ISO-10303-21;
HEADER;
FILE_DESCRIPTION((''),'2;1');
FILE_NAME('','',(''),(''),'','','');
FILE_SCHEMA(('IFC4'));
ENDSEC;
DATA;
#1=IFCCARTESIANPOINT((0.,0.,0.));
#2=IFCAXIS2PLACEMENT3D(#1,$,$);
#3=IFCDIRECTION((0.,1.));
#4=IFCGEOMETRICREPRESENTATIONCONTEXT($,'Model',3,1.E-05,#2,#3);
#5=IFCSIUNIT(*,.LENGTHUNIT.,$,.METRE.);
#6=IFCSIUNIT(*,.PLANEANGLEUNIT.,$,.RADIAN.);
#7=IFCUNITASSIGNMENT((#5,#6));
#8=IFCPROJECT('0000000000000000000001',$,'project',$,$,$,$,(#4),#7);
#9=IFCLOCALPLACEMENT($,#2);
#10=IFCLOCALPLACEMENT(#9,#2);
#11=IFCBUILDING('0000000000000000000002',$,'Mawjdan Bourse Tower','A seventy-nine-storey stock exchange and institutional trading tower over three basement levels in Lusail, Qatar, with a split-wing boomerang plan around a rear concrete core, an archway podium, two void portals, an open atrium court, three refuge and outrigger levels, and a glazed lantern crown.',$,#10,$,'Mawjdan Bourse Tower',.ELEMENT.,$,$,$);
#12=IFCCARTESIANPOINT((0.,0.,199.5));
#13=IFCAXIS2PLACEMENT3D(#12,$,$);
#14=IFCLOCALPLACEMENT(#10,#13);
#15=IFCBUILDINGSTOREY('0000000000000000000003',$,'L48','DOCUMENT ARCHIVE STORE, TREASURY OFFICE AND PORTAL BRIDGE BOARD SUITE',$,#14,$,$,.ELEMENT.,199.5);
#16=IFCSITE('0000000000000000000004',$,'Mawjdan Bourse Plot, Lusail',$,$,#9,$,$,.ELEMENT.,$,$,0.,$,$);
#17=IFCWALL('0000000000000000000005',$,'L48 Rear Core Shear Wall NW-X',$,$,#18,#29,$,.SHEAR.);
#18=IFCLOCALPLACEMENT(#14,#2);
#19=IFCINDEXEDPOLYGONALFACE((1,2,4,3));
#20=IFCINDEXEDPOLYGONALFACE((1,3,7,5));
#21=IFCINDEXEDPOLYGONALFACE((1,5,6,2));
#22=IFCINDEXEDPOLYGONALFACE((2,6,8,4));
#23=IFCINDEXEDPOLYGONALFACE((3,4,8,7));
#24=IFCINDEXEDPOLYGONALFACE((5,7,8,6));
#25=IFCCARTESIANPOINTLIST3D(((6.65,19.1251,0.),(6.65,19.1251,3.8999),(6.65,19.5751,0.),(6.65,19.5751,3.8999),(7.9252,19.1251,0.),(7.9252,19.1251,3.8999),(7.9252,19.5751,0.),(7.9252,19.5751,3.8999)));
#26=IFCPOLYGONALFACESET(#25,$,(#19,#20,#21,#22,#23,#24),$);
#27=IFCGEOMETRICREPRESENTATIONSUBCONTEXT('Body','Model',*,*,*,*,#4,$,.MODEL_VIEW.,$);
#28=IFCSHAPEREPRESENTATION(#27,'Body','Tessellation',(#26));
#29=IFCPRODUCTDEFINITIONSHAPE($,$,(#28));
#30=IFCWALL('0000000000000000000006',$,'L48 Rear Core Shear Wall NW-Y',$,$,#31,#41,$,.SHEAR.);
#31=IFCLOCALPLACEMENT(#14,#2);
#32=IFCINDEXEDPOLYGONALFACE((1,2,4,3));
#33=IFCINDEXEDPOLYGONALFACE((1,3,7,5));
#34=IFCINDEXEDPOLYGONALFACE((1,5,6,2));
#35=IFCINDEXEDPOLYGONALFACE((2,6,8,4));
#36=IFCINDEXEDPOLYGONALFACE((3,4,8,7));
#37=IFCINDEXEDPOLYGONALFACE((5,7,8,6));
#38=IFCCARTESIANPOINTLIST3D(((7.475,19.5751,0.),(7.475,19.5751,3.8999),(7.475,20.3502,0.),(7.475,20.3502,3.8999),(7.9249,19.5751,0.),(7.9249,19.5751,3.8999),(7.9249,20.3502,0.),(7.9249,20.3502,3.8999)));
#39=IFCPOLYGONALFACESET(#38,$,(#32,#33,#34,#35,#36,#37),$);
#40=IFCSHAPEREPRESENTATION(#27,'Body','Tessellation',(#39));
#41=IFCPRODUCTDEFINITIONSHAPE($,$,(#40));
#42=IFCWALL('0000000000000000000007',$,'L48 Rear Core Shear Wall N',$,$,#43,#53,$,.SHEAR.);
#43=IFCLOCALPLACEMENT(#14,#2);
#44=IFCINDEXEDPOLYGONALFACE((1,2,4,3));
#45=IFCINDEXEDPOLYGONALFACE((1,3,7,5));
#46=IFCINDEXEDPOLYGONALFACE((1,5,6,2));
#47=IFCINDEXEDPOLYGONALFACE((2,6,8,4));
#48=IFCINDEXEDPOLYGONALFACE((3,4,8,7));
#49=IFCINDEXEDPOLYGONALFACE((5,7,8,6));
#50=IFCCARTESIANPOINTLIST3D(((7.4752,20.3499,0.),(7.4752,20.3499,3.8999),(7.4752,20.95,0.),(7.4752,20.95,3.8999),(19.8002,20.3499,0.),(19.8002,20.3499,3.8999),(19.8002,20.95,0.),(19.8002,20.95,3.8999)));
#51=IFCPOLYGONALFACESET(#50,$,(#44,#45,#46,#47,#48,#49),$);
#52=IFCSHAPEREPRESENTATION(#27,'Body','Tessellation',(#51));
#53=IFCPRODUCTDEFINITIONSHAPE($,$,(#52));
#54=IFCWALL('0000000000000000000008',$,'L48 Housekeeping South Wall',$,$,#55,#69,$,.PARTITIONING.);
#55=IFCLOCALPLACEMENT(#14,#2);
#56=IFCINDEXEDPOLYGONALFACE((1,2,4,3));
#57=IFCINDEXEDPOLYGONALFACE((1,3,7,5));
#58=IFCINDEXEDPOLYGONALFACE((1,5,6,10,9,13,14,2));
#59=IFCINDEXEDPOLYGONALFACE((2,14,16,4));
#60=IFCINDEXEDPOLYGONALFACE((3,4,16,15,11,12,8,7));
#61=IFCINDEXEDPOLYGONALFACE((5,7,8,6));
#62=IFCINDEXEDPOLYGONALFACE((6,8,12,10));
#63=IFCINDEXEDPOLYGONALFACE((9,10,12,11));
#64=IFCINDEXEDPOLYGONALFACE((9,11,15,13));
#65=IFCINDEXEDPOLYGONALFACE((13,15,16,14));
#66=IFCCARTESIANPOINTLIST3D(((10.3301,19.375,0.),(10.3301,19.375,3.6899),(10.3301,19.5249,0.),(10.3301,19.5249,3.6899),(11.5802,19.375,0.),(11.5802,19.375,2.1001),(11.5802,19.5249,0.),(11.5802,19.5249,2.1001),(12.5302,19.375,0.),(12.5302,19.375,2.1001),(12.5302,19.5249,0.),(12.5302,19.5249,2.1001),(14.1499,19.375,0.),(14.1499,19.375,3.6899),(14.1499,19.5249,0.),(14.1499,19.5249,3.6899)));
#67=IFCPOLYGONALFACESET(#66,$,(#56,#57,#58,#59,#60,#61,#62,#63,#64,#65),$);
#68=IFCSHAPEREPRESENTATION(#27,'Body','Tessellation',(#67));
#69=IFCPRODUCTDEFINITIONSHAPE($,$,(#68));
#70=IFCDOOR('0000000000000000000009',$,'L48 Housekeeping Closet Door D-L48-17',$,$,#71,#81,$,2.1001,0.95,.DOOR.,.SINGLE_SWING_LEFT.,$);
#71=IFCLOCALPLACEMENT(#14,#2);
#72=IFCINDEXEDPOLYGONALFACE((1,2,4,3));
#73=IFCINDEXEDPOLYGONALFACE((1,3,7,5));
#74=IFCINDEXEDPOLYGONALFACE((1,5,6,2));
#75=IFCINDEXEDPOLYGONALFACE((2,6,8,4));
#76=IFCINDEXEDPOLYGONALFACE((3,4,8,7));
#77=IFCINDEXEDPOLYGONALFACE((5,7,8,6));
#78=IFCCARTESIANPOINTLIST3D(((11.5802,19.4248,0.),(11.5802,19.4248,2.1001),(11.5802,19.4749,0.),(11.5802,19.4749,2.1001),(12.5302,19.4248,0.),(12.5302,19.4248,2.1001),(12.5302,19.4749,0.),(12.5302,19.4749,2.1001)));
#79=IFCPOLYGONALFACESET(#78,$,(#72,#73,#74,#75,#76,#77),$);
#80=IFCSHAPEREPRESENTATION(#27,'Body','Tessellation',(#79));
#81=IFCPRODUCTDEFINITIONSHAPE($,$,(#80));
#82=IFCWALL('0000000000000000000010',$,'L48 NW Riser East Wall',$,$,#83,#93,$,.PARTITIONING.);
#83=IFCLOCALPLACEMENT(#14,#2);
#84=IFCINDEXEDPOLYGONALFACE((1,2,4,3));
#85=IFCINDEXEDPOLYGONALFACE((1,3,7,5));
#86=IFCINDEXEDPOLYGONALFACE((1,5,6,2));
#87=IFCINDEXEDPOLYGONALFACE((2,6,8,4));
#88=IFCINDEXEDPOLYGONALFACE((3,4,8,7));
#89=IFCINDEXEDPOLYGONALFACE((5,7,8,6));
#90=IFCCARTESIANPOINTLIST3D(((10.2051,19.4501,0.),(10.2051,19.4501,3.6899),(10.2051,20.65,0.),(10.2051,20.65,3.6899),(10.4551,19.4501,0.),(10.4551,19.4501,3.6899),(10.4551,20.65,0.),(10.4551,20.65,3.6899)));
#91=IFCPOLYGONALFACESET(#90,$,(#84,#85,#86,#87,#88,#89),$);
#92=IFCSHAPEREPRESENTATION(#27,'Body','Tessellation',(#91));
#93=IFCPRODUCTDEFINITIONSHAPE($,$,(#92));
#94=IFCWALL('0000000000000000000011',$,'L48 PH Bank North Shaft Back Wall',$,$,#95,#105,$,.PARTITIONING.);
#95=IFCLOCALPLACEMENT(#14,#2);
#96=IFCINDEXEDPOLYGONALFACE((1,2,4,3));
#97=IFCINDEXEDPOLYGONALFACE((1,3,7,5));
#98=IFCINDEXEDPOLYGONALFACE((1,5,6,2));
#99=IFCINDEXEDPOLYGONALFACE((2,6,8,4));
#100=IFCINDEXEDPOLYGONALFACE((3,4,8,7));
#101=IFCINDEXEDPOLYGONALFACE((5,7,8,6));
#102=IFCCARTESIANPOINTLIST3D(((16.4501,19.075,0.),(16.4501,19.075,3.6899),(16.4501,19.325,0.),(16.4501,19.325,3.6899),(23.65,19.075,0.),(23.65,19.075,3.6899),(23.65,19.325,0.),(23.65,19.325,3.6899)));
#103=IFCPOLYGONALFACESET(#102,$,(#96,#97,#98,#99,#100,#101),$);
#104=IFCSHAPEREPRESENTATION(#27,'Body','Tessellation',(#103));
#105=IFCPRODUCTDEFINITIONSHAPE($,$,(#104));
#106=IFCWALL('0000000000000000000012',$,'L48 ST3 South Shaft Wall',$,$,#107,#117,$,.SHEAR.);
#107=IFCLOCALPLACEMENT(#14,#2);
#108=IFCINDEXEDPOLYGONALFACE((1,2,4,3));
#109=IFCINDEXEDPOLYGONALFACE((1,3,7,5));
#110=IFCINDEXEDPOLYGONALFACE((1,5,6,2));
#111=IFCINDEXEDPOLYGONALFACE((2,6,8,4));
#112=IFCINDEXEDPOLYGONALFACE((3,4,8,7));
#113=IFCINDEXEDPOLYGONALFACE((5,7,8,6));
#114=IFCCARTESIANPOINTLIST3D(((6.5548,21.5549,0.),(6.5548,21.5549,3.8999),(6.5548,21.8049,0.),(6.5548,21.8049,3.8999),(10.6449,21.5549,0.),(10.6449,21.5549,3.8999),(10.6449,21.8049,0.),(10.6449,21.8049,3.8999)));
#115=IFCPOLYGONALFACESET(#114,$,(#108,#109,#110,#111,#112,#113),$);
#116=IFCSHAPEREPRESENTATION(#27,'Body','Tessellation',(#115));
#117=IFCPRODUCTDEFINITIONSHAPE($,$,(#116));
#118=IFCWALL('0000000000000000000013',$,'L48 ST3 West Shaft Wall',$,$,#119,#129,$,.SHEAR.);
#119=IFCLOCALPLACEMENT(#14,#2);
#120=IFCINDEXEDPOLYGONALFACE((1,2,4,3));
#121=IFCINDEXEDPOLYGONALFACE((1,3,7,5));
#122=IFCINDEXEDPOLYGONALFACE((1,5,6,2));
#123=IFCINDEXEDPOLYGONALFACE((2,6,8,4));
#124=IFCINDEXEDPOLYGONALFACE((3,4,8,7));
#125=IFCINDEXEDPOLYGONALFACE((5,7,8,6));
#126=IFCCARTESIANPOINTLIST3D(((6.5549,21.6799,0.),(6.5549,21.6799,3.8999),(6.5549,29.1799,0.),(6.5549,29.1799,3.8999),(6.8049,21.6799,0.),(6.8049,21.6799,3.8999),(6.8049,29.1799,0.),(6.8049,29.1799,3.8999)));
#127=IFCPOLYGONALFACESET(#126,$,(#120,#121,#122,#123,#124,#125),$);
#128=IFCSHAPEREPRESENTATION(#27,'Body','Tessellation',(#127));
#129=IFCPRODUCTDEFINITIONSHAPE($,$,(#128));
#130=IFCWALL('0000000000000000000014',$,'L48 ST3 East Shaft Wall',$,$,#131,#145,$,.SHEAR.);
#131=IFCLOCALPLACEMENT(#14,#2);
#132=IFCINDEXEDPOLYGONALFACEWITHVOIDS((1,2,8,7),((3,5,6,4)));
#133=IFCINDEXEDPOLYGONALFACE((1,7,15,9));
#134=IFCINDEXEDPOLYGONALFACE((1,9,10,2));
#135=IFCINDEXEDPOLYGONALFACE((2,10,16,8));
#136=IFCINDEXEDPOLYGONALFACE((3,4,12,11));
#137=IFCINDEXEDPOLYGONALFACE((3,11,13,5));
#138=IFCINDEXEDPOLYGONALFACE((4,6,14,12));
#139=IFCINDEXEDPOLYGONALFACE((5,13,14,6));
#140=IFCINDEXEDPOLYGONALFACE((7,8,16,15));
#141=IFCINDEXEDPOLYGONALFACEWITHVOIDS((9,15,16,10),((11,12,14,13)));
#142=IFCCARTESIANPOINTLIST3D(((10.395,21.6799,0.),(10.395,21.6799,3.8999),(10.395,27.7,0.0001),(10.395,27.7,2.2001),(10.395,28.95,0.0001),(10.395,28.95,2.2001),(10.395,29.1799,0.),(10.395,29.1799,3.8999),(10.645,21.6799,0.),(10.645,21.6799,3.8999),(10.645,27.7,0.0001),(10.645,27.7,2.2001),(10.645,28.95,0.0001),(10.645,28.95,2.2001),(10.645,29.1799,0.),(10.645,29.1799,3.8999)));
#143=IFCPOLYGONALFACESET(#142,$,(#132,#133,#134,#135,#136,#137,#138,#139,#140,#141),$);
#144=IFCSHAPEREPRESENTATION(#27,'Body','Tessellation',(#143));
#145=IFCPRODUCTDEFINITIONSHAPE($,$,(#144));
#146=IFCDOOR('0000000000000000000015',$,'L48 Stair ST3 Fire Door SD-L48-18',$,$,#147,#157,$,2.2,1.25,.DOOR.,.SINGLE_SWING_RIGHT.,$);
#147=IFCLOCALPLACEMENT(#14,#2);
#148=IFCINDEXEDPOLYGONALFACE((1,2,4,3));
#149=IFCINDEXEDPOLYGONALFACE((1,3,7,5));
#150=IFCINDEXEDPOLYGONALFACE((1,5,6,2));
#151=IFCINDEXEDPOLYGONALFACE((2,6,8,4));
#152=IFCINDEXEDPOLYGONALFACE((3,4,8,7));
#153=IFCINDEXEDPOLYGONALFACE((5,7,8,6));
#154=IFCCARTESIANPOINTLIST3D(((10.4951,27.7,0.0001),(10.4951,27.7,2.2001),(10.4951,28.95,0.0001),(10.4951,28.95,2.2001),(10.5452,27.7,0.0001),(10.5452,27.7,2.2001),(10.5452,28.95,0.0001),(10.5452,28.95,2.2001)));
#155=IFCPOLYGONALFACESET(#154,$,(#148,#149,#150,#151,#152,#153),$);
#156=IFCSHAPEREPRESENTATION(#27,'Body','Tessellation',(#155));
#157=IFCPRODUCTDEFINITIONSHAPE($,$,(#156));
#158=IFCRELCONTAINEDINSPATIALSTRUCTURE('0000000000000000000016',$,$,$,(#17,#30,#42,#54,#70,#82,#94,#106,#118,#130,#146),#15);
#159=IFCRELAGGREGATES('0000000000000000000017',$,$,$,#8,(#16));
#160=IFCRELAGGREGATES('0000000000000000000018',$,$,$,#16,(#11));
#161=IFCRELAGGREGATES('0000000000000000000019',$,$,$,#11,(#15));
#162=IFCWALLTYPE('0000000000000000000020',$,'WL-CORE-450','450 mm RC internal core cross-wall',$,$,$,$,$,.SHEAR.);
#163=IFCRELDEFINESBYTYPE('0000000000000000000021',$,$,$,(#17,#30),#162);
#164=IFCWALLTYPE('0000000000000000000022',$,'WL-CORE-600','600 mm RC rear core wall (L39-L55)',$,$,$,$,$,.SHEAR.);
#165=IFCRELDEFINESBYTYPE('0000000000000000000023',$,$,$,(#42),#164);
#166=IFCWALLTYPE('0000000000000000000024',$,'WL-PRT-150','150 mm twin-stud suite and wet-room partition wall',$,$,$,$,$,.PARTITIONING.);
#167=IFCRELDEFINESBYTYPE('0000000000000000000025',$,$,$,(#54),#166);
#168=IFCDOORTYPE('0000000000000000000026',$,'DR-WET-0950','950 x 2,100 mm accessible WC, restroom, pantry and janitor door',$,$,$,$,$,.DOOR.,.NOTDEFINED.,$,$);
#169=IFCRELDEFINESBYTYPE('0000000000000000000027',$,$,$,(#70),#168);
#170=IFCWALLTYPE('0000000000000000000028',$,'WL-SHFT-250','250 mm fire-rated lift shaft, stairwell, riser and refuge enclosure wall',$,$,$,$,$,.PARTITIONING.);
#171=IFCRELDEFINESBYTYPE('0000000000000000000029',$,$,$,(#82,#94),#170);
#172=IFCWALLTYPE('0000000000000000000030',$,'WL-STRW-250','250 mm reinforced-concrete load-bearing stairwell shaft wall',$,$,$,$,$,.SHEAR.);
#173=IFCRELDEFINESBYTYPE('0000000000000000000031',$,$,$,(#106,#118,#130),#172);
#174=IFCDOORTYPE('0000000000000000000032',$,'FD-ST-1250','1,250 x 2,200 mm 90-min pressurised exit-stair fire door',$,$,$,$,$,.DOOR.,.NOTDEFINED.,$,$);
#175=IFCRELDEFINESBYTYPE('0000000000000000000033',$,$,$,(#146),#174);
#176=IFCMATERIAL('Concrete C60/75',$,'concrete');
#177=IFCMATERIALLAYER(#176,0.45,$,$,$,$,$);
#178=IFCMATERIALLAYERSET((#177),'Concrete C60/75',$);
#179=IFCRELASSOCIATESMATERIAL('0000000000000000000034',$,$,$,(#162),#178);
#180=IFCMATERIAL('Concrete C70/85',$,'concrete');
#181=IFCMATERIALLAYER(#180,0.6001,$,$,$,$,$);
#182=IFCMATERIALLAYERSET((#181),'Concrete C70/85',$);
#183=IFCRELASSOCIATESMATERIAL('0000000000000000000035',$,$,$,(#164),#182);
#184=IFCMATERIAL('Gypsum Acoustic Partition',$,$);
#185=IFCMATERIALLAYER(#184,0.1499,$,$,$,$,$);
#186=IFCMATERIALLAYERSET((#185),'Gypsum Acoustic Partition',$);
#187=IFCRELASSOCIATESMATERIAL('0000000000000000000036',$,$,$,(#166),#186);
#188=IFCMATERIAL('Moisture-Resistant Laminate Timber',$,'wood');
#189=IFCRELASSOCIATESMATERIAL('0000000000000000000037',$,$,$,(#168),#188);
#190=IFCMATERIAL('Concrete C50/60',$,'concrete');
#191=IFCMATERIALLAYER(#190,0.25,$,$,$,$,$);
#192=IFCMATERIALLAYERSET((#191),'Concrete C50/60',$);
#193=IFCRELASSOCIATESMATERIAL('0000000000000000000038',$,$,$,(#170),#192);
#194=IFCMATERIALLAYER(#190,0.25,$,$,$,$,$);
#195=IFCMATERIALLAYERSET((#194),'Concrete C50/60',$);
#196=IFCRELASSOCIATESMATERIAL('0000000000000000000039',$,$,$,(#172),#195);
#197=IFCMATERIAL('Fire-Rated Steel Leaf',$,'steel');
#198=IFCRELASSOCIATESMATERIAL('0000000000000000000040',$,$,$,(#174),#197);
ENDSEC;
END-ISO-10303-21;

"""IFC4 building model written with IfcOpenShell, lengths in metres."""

from ifc_helpers import new_model, si_unit, direction, frame, frame_2d, origin, place, context, subcontext, project, spatial, rectangle, extrude, material, layer, layer_set, type_object, element, fill, save


model = new_model("IFC4")

# Units and contexts
model_context = context("Model", 3, precision=1e-05, world=origin(), true_north=direction((0.0, 1.0)))
body_context = subcontext(model_context, "Body", "Model", "MODEL_VIEW")
ifc_project = project(units=[si_unit("LENGTHUNIT", "METRE"), si_unit("PLANEANGLEUNIT", "RADIAN")], contexts=[model_context])

# Site, building, storey
site_placement = place(None, origin())
site = spatial("IfcSite", under=ifc_project, at=site_placement, Name="Mawjdan Bourse Plot, Lusail", CompositionType="ELEMENT", RefElevation=0.0)
building_placement = place(site_placement, origin())
building = spatial("IfcBuilding", under=site, at=building_placement, Name="Mawjdan Bourse Tower", Description="A seventy-nine-storey stock exchange and institutional trading tower over three basement levels in Lusail, Qatar, with a split-wing boomerang plan around a rear concrete core, an archway podium, two void portals, an open atrium court, three refuge and outrigger levels, and a glazed lantern crown.", LongName="Mawjdan Bourse Tower", CompositionType="ELEMENT")
storey_placement = place(building_placement, frame((0.0, 0.0, 199.5)))
storey = spatial("IfcBuildingStorey", under=building, at=storey_placement, Name="L48", Description="DOCUMENT ARCHIVE STORE, TREASURY OFFICE AND PORTAL BRIDGE BOARD SUITE", CompositionType="ELEMENT", Elevation=199.5)

# Shared definitions
ifc_material_1 = material(Name="Concrete C70/85", Category="concrete")

# Walls
ifc_material_2 = material(Name="Concrete C60/75", Category="concrete")
ifc_layer_1 = layer(ifc_material_2, 0.45)
ifc_layer_set_1 = layer_set([ifc_layer_1], Name="Concrete C60/75")
wall_type_1 = type_object("IfcWallType", Name="WL-CORE-450", Description="450 mm RC internal core cross-wall", PredefinedType="SHEAR", material=ifc_layer_set_1)
wall_1_placement = place(storey_placement, frame((6.6499, 19.3501, 0.0), z_axis=(0.0, 0.0, 1.0), x_axis=(1.0, 0.0, 0.0)))
element("IfcWall", 1, at=wall_1_placement, inside=storey, type_object=wall_type_1, Name="L48 Rear Core Shear Wall NW-X", PredefinedType="SHEAR", context=body_context, shape_type="SweptSolid", body=[
    extrude(rectangle(XDim=1.2751, YDim=0.45, at=frame_2d((0.6377, 0.0))), origin(), (0.0, 0.0, 1.0), 3.8999),
])
wall_2_placement = place(storey_placement, frame((7.7, 19.575, 0.0), z_axis=(0.0, 0.0, 1.0), x_axis=(0.0, 1.0, 0.0)))
element("IfcWall", 2, at=wall_2_placement, inside=storey, type_object=wall_type_1, Name="L48 Rear Core Shear Wall NW-Y", PredefinedType="SHEAR", context=body_context, shape_type="SweptSolid", body=[
    extrude(rectangle(XDim=0.7751, YDim=0.45, at=frame_2d((0.3877, 0.0))), origin(), (0.0, 0.0, 1.0), 3.8999),
])
ifc_layer_2 = layer(ifc_material_1, 0.6001)
ifc_layer_set_2 = layer_set([ifc_layer_2], Name="Concrete C70/85")
wall_type_2 = type_object("IfcWallType", Name="WL-CORE-600", Description="600 mm RC rear core wall (L39-L55)", PredefinedType="SHEAR", material=ifc_layer_set_2)
wall_3_placement = place(storey_placement, frame((7.4751, 20.6499, 0.0), z_axis=(0.0, 0.0, 1.0), x_axis=(1.0, 0.0, 0.0)))
element("IfcWall", 3, at=wall_3_placement, inside=storey, type_object=wall_type_2, Name="L48 Rear Core Shear Wall N", PredefinedType="SHEAR", context=body_context, shape_type="SweptSolid", body=[
    extrude(rectangle(XDim=12.325, YDim=0.6001, at=frame_2d((6.1626, 0.0))), origin(), (0.0, 0.0, 1.0), 3.8999),
])

# Wall, opening, door
ifc_material_3 = material(Name="Gypsum Acoustic Partition")
ifc_layer_3 = layer(ifc_material_3, 0.1499)
ifc_layer_set_3 = layer_set([ifc_layer_3], Name="Gypsum Acoustic Partition")
wall_type_3 = type_object("IfcWallType", Name="WL-PRT-150", Description="150 mm twin-stud suite and wet-room partition wall", PredefinedType="PARTITIONING", material=ifc_layer_set_3)
wall_4_placement = place(storey_placement, frame((10.3301, 19.45, 0.0), z_axis=(0.0, 0.0, 1.0), x_axis=(1.0, 0.0, 0.0)))
wall_4 = element("IfcWall", 4, at=wall_4_placement, inside=storey, type_object=wall_type_3, Name="L48 Housekeeping South Wall", PredefinedType="PARTITIONING", context=body_context, shape_type="SweptSolid", body=[
    extrude(rectangle(XDim=3.8198, YDim=0.1499, at=frame_2d((1.9099, 0.0))), origin(), (0.0, 0.0, 1.0), 3.6899),
])
opening_1_placement = place(wall_4_placement, frame((1.25, 0.0, 0.0)))
opening_1 = element("IfcOpeningElement", 5, at=opening_1_placement, cuts=wall_4, PredefinedType="OPENING", context=body_context, shape_type="SweptSolid", body=[
    extrude(rectangle(XDim=0.95, YDim=2.1001, at=frame_2d((0.4751, 1.05))), frame((0.0, 0.085, 0.0), z_axis=(0.0, -1.0, 0.0), x_axis=(1.0, 0.0, 0.0)), (0.0, 0.0, 1.0), 0.1699),
])
ifc_material_4 = material(Name="Moisture-Resistant Laminate Timber", Category="wood")
door_type_1 = type_object("IfcDoorType", Name="DR-WET-0950", Description="950 x 2,100 mm accessible WC, restroom, pantry and janitor door", OperationType="NOTDEFINED", PredefinedType="DOOR", material=ifc_material_4)
door_1_placement = place(opening_1_placement, origin())
door_1 = element("IfcDoor", 6, at=door_1_placement, inside=storey, type_object=door_type_1, Name="L48 Housekeeping Closet Door D-L48-17", OperationType="SINGLE_SWING_LEFT", OverallHeight=2.1001, OverallWidth=0.95, PredefinedType="DOOR", context=body_context, shape_type="SweptSolid", body=[
    extrude(rectangle(XDim=0.95, YDim=2.1001, at=frame_2d((0.4751, 1.05))), frame((0.0, 0.0249, 0.0), z_axis=(0.0, -1.0, 0.0), x_axis=(1.0, 0.0, 0.0)), (0.0, 0.0, 1.0), 0.05),
])
fill(opening_1, door_1)

# Walls
ifc_material_5 = material(Name="Concrete C50/60", Category="concrete")
ifc_layer_4 = layer(ifc_material_5, 0.25)
ifc_layer_set_4 = layer_set([ifc_layer_4], Name="Concrete C50/60")
wall_type_4 = type_object("IfcWallType", Name="WL-SHFT-250", Description="250 mm fire-rated lift shaft, stairwell, riser and refuge enclosure wall", PredefinedType="PARTITIONING", material=ifc_layer_set_4)
wall_5_placement = place(storey_placement, frame((10.3301, 19.45, 0.0), z_axis=(0.0, 0.0, 1.0), x_axis=(0.0, 1.0, 0.0)))
element("IfcWall", 7, at=wall_5_placement, inside=storey, type_object=wall_type_4, Name="L48 NW Riser East Wall", PredefinedType="PARTITIONING", context=body_context, shape_type="SweptSolid", body=[
    extrude(rectangle(XDim=1.2, YDim=0.25, at=frame_2d((0.6001, 0.0))), origin(), (0.0, 0.0, 1.0), 3.6899),
])
wall_6_placement = place(storey_placement, frame((16.45, 19.2, 0.0), z_axis=(0.0, 0.0, 1.0), x_axis=(1.0, 0.0, 0.0)))
element("IfcWall", 8, at=wall_6_placement, inside=storey, type_object=wall_type_4, Name="L48 PH Bank North Shaft Back Wall", PredefinedType="PARTITIONING", context=body_context, shape_type="SweptSolid", body=[
    extrude(rectangle(XDim=7.2, YDim=0.25, at=frame_2d((3.6001, 0.0))), origin(), (0.0, 0.0, 1.0), 3.6899),
])
ifc_layer_5 = layer(ifc_material_5, 0.25)
ifc_layer_set_5 = layer_set([ifc_layer_5], Name="Concrete C50/60")
wall_type_5 = type_object("IfcWallType", Name="WL-STRW-250", Description="250 mm reinforced-concrete load-bearing stairwell shaft wall", PredefinedType="SHEAR", material=ifc_layer_set_5)
wall_7_placement = place(storey_placement, frame((6.5549, 21.6799, 0.0), z_axis=(0.0, 0.0, 1.0), x_axis=(1.0, 0.0, 0.0)))
element("IfcWall", 9, at=wall_7_placement, inside=storey, type_object=wall_type_5, Name="L48 ST3 South Shaft Wall", PredefinedType="SHEAR", context=body_context, shape_type="SweptSolid", body=[
    extrude(rectangle(XDim=4.0901, YDim=0.25, at=frame_2d((2.0449, 0.0))), origin(), (0.0, 0.0, 1.0), 3.8999),
])
wall_8_placement = place(storey_placement, frame((6.6799, 21.6799, 0.0), z_axis=(0.0, 0.0, 1.0), x_axis=(0.0, 1.0, 0.0)))
element("IfcWall", 10, at=wall_8_placement, inside=storey, type_object=wall_type_5, Name="L48 ST3 West Shaft Wall", PredefinedType="SHEAR", context=body_context, shape_type="SweptSolid", body=[
    extrude(rectangle(XDim=7.5, YDim=0.25, at=frame_2d((3.75, 0.0))), origin(), (0.0, 0.0, 1.0), 3.8999),
])

# Wall, opening, door
wall_9_placement = place(storey_placement, frame((10.52, 21.6799, 0.0), z_axis=(0.0, 0.0, 1.0), x_axis=(0.0, 1.0, 0.0)))
wall_9 = element("IfcWall", 11, at=wall_9_placement, inside=storey, type_object=wall_type_5, Name="L48 ST3 East Shaft Wall", PredefinedType="SHEAR", context=body_context, shape_type="SweptSolid", body=[
    extrude(rectangle(XDim=7.5, YDim=0.25, at=frame_2d((3.75, 0.0))), origin(), (0.0, 0.0, 1.0), 3.8999),
])
opening_2_placement = place(wall_9_placement, frame((6.02, 0.0, 0.0)))
opening_2 = element("IfcOpeningElement", 12, at=opening_2_placement, cuts=wall_9, PredefinedType="OPENING", context=body_context, shape_type="SweptSolid", body=[
    extrude(rectangle(XDim=1.25, YDim=2.2, at=frame_2d((0.625, 1.1001))), frame((0.0, 0.135, 0.0), z_axis=(0.0, -1.0, 0.0), x_axis=(1.0, 0.0, 0.0)), (0.0, 0.0, 1.0), 0.27),
])
ifc_material_6 = material(Name="Fire-Rated Steel Leaf", Category="steel")
door_type_2 = type_object("IfcDoorType", Name="FD-ST-1250", Description="1,250 x 2,200 mm 90-min pressurised exit-stair fire door", OperationType="NOTDEFINED", PredefinedType="DOOR", material=ifc_material_6)
door_2_placement = place(opening_2_placement, origin())
door_2 = element("IfcDoor", 13, at=door_2_placement, inside=storey, type_object=door_type_2, Name="L48 Stair ST3 Fire Door SD-L48-18", OperationType="SINGLE_SWING_RIGHT", OverallHeight=2.2, OverallWidth=1.25, PredefinedType="DOOR", context=body_context, shape_type="SweptSolid", body=[
    extrude(rectangle(XDim=1.25, YDim=2.2, at=frame_2d((0.625, 1.1001))), frame((0.0, 0.0249, 0.0), z_axis=(0.0, -1.0, 0.0), x_axis=(1.0, 0.0, 0.0)), (0.0, 0.0, 1.0), 0.05),
])
fill(opening_2, door_2)

save(model, "model.ifc")
